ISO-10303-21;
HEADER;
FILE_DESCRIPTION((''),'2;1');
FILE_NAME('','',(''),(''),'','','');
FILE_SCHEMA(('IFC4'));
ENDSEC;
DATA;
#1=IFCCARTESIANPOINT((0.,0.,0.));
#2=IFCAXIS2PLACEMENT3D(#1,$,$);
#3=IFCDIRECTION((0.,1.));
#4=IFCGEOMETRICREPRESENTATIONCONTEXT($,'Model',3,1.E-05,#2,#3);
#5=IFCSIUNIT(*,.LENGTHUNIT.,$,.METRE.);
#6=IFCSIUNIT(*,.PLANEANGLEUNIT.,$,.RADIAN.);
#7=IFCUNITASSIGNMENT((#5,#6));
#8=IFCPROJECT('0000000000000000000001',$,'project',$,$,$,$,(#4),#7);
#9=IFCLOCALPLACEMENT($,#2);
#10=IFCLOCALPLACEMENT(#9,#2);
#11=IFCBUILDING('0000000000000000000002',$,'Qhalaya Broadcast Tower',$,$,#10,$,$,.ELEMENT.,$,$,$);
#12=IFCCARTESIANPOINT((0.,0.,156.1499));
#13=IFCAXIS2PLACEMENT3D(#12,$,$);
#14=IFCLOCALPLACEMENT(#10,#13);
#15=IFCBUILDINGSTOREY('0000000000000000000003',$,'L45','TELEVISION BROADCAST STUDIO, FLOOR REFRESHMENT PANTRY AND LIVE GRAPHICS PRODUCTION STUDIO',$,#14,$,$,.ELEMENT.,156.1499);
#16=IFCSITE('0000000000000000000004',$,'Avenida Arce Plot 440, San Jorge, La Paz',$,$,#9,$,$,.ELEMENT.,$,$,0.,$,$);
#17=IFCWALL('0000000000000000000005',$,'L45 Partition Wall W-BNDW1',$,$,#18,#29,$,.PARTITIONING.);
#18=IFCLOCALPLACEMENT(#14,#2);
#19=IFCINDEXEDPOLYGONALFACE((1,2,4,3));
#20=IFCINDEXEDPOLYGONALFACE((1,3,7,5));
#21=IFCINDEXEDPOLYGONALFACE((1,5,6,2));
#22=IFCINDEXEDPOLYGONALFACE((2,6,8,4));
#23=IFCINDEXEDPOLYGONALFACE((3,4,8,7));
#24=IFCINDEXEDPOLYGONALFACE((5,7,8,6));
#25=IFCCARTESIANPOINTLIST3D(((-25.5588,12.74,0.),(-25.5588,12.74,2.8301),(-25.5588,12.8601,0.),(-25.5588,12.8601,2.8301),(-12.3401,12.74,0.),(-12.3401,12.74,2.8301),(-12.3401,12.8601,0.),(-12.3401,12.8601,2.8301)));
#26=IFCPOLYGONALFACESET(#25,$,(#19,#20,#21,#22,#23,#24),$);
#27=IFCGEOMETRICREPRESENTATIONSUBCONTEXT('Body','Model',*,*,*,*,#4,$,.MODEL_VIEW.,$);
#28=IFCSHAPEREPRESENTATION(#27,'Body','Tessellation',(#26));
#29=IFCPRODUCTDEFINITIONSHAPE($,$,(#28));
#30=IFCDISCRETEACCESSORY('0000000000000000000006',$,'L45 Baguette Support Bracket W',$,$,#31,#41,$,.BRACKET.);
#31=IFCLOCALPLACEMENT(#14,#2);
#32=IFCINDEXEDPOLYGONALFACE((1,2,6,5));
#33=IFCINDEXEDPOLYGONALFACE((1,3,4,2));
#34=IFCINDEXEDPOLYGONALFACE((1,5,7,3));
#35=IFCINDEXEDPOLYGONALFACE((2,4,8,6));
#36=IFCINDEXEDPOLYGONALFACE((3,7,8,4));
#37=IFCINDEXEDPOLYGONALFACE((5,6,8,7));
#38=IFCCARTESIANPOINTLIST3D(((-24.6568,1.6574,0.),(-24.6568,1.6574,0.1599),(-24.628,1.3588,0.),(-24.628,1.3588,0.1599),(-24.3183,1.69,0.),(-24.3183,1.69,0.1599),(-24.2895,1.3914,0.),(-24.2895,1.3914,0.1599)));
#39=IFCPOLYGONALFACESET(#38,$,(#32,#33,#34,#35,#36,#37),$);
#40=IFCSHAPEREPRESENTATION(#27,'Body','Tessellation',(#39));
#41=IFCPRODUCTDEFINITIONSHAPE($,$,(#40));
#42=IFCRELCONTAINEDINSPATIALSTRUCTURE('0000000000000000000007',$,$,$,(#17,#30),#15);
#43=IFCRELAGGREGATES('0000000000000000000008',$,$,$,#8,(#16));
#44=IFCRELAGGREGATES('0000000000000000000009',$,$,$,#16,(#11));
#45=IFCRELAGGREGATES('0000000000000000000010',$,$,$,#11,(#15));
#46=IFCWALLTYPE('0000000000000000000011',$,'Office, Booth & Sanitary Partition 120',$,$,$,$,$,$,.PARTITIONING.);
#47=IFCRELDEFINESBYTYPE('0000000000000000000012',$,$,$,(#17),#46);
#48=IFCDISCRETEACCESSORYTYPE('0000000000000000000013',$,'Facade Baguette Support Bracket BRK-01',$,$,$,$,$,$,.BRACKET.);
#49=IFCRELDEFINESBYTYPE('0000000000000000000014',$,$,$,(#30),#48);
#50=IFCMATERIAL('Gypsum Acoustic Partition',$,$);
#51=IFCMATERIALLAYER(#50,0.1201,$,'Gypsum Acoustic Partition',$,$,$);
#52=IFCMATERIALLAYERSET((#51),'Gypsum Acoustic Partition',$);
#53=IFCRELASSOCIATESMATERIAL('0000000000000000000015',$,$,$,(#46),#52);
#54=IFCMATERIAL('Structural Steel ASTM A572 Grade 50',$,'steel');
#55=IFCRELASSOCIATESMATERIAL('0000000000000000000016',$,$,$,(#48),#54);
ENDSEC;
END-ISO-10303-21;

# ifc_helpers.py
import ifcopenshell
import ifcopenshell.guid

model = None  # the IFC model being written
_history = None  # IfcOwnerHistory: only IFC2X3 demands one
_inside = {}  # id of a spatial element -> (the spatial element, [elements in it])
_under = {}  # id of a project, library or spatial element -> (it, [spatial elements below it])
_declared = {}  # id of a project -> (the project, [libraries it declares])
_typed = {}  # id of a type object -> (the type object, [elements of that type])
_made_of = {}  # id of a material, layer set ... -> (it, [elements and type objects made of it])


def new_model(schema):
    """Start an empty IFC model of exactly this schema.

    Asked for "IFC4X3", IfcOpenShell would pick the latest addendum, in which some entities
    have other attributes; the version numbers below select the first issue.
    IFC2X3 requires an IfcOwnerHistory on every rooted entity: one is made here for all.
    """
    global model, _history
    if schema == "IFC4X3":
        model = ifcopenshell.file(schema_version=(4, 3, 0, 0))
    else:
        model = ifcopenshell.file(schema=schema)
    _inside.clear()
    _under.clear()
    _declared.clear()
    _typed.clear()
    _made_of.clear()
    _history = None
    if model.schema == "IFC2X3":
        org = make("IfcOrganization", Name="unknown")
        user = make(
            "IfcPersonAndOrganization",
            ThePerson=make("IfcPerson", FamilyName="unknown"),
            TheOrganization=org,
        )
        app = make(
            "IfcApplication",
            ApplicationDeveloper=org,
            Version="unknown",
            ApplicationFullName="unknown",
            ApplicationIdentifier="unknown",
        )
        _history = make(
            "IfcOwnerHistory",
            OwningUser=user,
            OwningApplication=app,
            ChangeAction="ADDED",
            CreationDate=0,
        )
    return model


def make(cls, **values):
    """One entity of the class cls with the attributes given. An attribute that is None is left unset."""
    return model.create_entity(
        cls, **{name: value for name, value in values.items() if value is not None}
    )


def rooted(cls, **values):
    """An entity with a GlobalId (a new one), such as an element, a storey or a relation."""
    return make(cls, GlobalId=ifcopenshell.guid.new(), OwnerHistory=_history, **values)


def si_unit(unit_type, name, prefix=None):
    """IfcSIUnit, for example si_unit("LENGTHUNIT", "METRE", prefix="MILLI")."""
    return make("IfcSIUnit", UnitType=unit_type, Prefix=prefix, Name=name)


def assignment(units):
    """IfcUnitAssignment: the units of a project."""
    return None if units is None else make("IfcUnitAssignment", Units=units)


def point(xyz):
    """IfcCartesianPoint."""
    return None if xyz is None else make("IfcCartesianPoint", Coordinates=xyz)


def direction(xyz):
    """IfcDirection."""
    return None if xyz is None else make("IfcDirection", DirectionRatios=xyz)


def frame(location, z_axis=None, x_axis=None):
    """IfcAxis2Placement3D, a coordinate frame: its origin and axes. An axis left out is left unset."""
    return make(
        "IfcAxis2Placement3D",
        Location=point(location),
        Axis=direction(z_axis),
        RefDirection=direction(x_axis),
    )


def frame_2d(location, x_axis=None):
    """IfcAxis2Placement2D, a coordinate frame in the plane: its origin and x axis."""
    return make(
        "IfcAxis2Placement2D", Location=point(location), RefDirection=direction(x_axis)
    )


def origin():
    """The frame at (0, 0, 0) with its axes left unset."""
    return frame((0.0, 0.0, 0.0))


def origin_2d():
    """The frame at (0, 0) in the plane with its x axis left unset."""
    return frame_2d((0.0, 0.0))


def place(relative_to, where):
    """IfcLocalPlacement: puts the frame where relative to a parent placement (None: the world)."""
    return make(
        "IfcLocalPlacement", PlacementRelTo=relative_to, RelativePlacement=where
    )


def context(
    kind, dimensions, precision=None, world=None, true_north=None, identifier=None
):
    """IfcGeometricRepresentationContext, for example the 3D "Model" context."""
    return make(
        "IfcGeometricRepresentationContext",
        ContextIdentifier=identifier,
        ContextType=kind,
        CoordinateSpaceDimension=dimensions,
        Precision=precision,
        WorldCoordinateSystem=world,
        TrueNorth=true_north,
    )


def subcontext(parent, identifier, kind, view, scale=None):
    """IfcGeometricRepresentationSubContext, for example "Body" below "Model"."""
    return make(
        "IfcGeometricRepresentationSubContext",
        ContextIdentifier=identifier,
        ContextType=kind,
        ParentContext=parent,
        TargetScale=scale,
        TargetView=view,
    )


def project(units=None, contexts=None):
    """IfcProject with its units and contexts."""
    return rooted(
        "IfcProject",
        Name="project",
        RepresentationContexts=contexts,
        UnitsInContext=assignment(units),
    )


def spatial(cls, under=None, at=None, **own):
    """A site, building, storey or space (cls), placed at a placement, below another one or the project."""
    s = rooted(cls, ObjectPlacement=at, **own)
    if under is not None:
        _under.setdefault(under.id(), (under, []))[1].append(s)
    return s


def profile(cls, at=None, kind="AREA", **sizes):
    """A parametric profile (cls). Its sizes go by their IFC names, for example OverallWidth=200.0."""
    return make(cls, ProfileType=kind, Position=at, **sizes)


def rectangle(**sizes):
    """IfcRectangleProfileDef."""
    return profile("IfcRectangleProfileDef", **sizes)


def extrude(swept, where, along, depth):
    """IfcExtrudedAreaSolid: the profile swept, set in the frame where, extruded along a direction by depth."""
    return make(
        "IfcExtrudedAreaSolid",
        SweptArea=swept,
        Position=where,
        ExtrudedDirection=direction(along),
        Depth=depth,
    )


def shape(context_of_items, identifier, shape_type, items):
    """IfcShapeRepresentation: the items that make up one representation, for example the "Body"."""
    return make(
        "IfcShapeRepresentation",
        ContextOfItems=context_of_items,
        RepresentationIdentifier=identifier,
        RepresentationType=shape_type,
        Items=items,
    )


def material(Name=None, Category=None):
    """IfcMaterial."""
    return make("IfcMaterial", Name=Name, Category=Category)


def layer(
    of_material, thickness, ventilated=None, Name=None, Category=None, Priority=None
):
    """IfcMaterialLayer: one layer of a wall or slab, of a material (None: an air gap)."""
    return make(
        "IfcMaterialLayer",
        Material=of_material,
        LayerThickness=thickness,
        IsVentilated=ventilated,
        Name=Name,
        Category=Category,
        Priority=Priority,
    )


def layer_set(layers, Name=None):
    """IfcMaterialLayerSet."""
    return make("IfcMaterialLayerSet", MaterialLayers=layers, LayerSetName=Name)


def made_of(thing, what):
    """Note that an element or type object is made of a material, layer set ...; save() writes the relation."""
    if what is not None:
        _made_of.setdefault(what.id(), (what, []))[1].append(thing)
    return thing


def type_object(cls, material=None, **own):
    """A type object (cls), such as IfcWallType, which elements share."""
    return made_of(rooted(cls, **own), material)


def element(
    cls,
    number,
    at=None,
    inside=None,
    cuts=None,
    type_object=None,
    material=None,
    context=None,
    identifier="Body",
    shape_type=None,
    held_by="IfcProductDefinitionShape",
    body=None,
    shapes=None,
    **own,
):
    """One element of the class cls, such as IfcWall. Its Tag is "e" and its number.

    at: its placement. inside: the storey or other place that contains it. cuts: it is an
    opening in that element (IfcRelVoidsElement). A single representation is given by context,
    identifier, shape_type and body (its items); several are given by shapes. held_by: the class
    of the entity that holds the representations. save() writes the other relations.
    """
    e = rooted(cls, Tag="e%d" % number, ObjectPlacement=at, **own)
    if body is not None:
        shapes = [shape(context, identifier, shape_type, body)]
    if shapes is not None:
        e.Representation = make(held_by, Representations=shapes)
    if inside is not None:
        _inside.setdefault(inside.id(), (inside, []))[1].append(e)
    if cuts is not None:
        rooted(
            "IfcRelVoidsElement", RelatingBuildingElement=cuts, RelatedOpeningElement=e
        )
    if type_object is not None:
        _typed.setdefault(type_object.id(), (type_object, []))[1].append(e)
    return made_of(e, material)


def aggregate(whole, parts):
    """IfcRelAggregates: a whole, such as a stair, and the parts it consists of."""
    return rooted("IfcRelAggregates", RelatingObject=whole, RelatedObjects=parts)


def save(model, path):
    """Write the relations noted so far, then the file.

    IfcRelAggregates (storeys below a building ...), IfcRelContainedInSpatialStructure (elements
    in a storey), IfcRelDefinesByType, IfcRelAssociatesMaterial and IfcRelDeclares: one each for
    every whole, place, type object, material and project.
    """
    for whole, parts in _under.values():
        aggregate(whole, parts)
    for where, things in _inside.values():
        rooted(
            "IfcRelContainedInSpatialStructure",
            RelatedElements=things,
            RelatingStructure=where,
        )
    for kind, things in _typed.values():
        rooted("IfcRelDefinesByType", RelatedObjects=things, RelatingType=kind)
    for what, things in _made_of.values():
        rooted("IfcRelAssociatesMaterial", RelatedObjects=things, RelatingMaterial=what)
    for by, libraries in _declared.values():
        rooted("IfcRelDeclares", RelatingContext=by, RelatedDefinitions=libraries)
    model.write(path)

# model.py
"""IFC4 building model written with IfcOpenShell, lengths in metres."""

from ifc_helpers import new_model, si_unit, direction, frame, frame_2d, origin, origin_2d, place, context, subcontext, project, spatial, rectangle, extrude, material, layer, layer_set, type_object, element, save


model = new_model("IFC4")

# Units and contexts
model_context = context("Model", 3, precision=1e-05, world=origin(), true_north=direction((0.0, 1.0)))
body_context = subcontext(model_context, "Body", "Model", "MODEL_VIEW")
ifc_project = project(units=[si_unit("LENGTHUNIT", "METRE"), si_unit("PLANEANGLEUNIT", "RADIAN")], contexts=[model_context])

# Site, building, storey
site_placement = place(None, origin())
site = spatial("IfcSite", under=ifc_project, at=site_placement, Name="Avenida Arce Plot 440, San Jorge, La Paz", CompositionType="ELEMENT", RefElevation=0.0)
building_placement = place(site_placement, origin())
building = spatial("IfcBuilding", under=site, at=building_placement, Name="Qhalaya Broadcast Tower", CompositionType="ELEMENT")
storey_placement = place(building_placement, frame((0.0, 0.0, 156.1499)))
storey = spatial("IfcBuildingStorey", under=building, at=storey_placement, Name="L45", Description="TELEVISION BROADCAST STUDIO, FLOOR REFRESHMENT PANTRY AND LIVE GRAPHICS PRODUCTION STUDIO", CompositionType="ELEMENT", Elevation=156.1499)

# Shared definitions
ifc_material_1 = material(Name="Structural Steel ASTM A572 Grade 50", Category="steel")

# Wall
ifc_material_2 = material(Name="Gypsum Acoustic Partition")
ifc_layer_1 = layer(ifc_material_2, 0.1201, Name="Gypsum Acoustic Partition")
ifc_layer_set_1 = layer_set([ifc_layer_1], Name="Gypsum Acoustic Partition")
wall_type = type_object("IfcWallType", Name="Office, Booth & Sanitary Partition 120", PredefinedType="PARTITIONING", material=ifc_layer_set_1)
wall_placement = place(storey_placement, frame((-25.5588, 12.8, 0.0), z_axis=(0.0, 0.0, 1.0), x_axis=(1.0, 0.0, 0.0)))
element("IfcWall", 1, at=wall_placement, inside=storey, type_object=wall_type, Name="L45 Partition Wall W-BNDW1", PredefinedType="PARTITIONING", context=body_context, shape_type="SweptSolid", body=[
    extrude(rectangle(XDim=13.2188, YDim=0.1201, at=frame_2d((6.6094, 0.0))), origin(), (0.0, 0.0, 1.0), 2.8301),
])

# Discrete accessory
discrete_accessory_type = type_object("IfcDiscreteAccessoryType", Name="Facade Baguette Support Bracket BRK-01", PredefinedType="BRACKET", material=ifc_material_1)
discrete_accessory_placement = place(storey_placement, frame((-24.4731, 1.5244, 0.0), z_axis=(0.0, 0.0, 1.0), x_axis=(0.095846, -0.995396, 0.0)))
element("IfcDiscreteAccessory", 2, at=discrete_accessory_placement, inside=storey, type_object=discrete_accessory_type, Name="L45 Baguette Support Bracket W", PredefinedType="BRACKET", context=body_context, shape_type="SweptSolid", body=[
    extrude(rectangle(XDim=0.3, YDim=0.3401, at=origin_2d()), origin(), (0.0, 0.0, 1.0), 0.1599),
])

save(model, "model.ifc")
